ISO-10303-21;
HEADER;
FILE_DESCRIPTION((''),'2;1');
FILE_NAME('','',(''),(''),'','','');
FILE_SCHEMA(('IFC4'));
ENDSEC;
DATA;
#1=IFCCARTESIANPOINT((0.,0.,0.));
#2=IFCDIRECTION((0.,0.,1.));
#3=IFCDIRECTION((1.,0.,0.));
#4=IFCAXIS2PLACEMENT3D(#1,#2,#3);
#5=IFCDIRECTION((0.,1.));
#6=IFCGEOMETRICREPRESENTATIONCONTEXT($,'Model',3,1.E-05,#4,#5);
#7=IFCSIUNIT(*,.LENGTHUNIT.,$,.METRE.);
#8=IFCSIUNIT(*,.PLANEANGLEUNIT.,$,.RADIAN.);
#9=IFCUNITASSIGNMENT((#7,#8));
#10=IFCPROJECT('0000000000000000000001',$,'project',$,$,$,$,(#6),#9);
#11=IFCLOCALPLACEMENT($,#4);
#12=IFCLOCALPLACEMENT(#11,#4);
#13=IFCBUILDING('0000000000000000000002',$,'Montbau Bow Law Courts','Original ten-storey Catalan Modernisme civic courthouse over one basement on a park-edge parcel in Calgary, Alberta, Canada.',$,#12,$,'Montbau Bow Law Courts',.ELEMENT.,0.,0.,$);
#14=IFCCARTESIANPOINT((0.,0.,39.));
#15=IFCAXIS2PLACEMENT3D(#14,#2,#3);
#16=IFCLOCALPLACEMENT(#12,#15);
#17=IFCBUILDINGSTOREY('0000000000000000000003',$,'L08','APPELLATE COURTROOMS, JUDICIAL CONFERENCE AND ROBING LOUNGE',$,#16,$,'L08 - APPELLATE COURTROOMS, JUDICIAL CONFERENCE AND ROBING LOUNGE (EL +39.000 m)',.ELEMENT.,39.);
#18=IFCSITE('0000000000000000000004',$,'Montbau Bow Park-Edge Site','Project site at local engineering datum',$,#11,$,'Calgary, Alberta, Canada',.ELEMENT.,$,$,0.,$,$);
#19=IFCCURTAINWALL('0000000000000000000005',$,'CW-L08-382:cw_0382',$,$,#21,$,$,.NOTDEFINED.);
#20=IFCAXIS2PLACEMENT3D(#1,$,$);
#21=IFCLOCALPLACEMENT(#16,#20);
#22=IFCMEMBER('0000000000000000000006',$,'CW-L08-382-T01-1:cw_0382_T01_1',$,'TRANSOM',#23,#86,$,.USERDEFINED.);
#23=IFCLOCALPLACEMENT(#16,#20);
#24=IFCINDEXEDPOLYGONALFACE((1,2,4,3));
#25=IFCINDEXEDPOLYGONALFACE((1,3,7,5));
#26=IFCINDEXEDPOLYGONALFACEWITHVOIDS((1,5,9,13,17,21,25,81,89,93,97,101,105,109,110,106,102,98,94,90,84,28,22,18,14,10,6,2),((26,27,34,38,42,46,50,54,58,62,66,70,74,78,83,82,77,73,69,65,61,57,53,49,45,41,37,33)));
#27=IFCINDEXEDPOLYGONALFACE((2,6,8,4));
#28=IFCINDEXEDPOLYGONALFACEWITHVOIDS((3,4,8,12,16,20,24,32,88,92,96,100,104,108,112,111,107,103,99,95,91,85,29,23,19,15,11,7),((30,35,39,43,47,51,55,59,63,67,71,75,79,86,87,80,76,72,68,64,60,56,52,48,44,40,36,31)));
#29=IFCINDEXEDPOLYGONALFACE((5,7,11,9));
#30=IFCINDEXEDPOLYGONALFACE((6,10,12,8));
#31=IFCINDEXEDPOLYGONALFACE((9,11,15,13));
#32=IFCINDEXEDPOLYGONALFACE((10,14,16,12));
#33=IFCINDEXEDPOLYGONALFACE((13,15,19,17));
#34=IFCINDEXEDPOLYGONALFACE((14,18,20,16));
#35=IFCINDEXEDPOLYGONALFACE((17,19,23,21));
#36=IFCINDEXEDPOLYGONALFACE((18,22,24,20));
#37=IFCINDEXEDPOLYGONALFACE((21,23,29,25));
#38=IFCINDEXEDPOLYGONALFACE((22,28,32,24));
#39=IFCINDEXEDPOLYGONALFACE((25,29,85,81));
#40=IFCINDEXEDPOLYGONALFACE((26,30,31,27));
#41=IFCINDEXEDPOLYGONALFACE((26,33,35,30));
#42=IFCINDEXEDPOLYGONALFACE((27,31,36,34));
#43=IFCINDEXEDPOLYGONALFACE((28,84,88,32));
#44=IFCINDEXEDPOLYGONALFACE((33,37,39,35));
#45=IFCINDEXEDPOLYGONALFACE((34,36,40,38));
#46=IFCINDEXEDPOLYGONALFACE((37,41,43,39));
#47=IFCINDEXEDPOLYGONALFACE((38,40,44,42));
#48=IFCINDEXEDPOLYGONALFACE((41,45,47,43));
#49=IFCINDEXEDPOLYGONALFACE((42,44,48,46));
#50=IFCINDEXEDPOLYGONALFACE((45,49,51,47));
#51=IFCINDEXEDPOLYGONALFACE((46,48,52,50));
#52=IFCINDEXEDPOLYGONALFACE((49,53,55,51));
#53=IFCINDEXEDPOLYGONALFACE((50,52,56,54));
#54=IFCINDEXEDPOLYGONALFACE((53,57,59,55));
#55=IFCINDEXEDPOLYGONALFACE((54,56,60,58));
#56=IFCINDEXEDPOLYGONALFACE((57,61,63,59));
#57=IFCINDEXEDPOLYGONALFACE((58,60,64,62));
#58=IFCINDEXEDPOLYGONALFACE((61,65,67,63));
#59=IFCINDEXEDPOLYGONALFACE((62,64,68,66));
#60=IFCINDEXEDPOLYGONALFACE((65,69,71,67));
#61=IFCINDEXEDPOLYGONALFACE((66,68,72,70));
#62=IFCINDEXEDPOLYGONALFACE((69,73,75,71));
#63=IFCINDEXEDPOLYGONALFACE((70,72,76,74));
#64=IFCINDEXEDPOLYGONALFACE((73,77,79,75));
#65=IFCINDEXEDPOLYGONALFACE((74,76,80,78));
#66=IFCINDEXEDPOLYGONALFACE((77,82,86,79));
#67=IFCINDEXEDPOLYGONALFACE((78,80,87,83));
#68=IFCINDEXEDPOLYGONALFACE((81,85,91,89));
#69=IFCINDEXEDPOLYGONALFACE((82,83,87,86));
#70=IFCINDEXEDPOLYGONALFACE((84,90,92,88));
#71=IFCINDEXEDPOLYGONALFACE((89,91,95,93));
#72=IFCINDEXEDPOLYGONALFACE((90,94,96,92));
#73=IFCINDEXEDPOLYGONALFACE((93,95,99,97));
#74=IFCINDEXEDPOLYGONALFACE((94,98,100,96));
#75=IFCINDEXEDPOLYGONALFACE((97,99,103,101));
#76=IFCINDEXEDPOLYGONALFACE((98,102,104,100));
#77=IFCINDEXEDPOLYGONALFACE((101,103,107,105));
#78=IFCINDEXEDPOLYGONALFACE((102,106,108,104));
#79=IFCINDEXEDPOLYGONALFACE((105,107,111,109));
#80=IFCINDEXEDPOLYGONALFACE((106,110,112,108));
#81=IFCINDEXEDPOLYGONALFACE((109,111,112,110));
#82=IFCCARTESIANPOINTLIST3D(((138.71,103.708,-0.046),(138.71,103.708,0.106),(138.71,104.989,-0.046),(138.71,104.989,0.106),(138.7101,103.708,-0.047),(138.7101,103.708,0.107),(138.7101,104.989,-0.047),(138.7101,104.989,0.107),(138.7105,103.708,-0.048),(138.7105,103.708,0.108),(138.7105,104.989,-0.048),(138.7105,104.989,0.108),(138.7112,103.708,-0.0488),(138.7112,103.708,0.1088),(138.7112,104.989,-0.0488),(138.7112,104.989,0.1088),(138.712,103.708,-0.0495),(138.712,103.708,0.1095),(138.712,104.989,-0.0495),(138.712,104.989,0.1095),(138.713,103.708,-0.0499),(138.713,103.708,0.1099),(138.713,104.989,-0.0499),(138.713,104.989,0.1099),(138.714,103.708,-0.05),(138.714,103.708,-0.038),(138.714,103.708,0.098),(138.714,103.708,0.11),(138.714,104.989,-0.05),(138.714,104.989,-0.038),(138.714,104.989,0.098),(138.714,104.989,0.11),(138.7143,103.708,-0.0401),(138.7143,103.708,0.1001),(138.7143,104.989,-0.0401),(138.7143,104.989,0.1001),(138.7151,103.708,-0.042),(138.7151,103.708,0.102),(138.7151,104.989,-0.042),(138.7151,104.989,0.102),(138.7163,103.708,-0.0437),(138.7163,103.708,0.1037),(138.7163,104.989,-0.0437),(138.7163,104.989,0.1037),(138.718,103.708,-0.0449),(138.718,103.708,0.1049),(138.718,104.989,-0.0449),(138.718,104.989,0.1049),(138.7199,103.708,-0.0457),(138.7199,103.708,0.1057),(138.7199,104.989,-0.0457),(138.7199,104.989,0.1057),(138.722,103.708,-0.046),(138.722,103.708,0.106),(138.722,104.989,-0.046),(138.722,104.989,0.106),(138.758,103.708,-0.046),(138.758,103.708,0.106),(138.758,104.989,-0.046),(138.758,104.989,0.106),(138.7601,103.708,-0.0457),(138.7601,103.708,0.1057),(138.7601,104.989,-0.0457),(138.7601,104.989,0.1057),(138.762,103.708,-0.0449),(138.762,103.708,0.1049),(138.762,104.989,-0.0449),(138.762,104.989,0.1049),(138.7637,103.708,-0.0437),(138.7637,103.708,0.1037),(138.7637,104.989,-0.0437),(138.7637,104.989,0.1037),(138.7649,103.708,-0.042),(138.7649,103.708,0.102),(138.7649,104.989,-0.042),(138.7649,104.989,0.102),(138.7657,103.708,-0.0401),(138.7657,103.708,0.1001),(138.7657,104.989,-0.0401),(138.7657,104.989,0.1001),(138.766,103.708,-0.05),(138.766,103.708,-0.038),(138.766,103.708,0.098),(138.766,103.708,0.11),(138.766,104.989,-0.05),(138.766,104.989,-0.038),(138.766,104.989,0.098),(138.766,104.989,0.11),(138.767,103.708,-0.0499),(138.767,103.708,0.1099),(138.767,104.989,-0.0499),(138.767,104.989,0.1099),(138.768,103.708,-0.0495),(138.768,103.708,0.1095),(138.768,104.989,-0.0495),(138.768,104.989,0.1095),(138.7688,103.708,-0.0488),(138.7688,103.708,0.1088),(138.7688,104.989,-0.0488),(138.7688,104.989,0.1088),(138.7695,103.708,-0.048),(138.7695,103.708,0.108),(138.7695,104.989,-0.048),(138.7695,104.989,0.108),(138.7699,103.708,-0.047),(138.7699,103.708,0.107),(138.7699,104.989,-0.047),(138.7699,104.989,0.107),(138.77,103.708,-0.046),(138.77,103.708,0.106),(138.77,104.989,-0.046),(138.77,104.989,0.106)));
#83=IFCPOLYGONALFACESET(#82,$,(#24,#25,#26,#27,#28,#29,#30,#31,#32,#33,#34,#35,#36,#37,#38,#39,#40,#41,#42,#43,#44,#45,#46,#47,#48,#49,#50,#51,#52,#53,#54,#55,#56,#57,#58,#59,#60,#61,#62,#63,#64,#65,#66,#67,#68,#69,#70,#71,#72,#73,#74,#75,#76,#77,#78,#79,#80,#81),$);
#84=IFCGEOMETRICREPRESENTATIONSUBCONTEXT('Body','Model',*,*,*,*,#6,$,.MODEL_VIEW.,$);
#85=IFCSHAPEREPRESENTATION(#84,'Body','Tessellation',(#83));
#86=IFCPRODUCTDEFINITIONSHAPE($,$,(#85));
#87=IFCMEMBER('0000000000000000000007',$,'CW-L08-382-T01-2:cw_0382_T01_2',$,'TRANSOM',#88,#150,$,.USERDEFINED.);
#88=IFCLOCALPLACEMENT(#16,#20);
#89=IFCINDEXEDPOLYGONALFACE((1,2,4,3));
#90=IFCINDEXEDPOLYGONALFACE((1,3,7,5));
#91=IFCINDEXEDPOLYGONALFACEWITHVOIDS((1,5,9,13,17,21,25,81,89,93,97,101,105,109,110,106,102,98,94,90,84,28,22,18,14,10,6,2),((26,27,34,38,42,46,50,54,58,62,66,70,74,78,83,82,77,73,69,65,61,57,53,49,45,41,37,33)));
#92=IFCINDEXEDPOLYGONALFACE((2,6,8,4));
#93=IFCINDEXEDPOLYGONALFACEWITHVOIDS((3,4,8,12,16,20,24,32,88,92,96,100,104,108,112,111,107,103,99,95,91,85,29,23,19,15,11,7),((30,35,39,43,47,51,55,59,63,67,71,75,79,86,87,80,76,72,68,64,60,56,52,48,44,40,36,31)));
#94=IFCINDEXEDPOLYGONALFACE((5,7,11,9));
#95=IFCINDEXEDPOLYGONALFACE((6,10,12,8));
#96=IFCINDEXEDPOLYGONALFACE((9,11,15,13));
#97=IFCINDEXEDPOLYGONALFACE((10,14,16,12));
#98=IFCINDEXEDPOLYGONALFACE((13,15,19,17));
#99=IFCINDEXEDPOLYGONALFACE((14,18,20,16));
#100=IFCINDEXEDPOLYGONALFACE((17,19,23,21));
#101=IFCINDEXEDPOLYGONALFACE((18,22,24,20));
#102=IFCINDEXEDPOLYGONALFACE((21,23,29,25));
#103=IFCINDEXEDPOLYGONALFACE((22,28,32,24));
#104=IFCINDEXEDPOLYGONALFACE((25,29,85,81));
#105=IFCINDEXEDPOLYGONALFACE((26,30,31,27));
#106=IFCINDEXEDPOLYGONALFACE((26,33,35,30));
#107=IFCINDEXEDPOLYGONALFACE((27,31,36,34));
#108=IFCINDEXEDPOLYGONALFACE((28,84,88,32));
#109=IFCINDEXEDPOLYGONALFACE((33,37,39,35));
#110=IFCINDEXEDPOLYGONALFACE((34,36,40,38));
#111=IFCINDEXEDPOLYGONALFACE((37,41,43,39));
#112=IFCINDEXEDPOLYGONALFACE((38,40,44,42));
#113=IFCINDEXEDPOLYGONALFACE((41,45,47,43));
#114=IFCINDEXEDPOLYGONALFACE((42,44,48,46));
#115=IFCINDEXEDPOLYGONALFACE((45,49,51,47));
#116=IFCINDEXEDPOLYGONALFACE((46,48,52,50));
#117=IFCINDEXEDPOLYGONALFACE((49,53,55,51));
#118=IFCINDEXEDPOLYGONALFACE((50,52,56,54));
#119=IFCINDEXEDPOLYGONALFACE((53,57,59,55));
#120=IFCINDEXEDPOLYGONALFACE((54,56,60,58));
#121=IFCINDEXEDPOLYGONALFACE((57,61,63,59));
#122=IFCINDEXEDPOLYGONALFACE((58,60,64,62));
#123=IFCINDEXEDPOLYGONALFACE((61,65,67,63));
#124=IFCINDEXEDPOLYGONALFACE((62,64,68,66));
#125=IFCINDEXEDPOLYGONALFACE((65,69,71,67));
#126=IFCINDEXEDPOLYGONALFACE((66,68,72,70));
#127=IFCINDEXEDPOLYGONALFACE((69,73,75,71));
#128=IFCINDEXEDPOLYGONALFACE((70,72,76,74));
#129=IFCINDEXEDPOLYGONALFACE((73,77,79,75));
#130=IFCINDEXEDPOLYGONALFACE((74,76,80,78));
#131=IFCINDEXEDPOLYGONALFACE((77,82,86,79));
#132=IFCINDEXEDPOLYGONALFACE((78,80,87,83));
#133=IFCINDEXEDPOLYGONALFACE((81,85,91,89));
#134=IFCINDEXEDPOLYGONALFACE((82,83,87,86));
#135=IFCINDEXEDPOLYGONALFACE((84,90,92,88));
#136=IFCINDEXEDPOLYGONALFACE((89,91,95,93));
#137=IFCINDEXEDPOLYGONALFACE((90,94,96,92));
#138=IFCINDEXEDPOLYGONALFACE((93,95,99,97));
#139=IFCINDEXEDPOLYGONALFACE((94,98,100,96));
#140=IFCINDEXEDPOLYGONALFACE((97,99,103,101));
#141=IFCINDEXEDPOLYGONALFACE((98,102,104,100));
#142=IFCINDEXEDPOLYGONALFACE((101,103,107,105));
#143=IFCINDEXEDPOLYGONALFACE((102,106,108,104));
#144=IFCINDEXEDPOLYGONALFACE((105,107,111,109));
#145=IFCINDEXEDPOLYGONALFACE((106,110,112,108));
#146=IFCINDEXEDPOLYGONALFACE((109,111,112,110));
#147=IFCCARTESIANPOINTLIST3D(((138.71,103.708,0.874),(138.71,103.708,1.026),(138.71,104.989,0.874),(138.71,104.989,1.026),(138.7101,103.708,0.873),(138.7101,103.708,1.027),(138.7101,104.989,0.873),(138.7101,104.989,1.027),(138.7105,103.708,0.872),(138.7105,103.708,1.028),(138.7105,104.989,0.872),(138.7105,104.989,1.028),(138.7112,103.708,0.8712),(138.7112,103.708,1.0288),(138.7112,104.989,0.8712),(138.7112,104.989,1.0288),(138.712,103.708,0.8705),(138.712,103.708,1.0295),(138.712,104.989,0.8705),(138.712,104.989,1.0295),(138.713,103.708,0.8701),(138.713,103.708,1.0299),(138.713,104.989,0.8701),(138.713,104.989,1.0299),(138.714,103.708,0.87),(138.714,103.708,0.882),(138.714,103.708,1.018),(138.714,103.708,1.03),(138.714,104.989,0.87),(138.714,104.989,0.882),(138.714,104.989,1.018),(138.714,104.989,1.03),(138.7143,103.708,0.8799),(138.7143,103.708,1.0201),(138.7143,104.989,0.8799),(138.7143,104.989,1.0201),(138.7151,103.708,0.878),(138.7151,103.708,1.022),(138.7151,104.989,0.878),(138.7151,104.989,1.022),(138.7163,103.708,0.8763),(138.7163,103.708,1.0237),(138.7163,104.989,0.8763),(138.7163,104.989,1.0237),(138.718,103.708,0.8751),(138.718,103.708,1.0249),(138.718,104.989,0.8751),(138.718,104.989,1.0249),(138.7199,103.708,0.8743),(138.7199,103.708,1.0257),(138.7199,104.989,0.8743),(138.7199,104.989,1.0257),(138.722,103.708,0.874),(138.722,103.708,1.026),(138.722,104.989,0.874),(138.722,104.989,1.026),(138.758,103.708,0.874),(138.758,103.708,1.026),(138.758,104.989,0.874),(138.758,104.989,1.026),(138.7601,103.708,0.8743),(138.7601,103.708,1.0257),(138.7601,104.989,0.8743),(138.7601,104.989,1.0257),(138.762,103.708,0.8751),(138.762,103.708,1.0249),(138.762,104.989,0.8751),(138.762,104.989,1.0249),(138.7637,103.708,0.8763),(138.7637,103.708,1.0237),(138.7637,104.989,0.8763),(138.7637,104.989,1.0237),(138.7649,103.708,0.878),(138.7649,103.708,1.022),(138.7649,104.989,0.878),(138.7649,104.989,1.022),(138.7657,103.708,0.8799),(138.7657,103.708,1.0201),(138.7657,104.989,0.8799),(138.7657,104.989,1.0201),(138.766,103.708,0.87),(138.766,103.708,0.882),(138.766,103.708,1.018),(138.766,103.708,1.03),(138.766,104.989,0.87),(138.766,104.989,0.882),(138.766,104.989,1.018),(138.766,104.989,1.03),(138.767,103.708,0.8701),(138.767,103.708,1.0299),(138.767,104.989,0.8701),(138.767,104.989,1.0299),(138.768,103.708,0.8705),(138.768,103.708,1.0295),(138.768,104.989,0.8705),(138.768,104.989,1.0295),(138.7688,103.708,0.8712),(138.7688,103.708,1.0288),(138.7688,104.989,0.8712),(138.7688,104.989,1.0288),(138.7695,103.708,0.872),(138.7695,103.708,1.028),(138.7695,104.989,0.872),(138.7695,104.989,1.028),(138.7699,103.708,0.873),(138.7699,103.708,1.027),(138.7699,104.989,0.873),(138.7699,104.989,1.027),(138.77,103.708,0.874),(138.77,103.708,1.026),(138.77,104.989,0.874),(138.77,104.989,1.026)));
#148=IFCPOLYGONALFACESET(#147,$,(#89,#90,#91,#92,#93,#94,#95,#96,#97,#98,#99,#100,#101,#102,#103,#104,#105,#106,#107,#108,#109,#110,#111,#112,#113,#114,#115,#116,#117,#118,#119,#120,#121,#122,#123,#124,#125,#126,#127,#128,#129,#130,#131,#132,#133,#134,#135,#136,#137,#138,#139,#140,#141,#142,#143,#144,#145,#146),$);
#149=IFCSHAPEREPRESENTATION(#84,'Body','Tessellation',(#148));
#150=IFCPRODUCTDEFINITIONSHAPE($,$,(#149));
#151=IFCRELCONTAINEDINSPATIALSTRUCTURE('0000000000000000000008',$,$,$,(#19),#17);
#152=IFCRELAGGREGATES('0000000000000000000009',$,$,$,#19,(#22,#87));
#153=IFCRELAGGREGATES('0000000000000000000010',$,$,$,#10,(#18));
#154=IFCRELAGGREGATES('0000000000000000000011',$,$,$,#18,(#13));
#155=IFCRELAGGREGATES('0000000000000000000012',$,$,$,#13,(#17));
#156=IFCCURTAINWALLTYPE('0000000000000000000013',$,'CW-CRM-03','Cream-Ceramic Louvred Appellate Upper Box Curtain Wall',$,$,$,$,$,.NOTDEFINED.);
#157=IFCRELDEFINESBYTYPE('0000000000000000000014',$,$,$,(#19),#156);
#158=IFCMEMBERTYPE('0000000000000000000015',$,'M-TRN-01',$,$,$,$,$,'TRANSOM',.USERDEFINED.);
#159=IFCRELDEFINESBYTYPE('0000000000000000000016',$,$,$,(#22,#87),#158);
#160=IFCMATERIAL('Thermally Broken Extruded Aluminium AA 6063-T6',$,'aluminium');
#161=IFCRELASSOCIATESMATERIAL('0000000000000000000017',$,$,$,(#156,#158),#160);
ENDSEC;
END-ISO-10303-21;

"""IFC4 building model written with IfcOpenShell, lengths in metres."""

from ifc_helpers import new_model, si_unit, direction, frame, origin_with_axes, origin_2d_with_axis, place, context, subcontext, project, spatial, hollow_rectangle, extrude, material, material_profile, profile_set, type_object, element, aggregate, save


model = new_model("IFC4")

# Units and contexts
model_context = context("Model", 3, precision=1e-05, world=origin_with_axes(), true_north=direction((0.0, 1.0)))
body_context = subcontext(model_context, "Body", "Model", "MODEL_VIEW")
ifc_project = project(units=[si_unit("LENGTHUNIT", "METRE"), si_unit("PLANEANGLEUNIT", "RADIAN")], contexts=[model_context])

# Site, building, storey
site_placement = place(None, origin_with_axes())
site = spatial("IfcSite", under=ifc_project, at=site_placement, Name="Montbau Bow Park-Edge Site", Description="Project site at local engineering datum", LongName="Calgary, Alberta, Canada", CompositionType="ELEMENT", RefElevation=0.0)
building_placement = place(site_placement, origin_with_axes())
building = spatial("IfcBuilding", under=site, at=building_placement, Name="Montbau Bow Law Courts", Description="Original ten-storey Catalan Modernisme civic courthouse over one basement on a park-edge parcel in Calgary, Alberta, Canada.", LongName="Montbau Bow Law Courts", CompositionType="ELEMENT", ElevationOfRefHeight=0.0, ElevationOfTerrain=0.0)
storey_placement = place(building_placement, frame((0.0, 0.0, 39.0), z_axis=(0.0, 0.0, 1.0), x_axis=(1.0, 0.0, 0.0)))
storey = spatial("IfcBuildingStorey", under=building, at=storey_placement, Name="L08", Description="APPELLATE COURTROOMS, JUDICIAL CONFERENCE AND ROBING LOUNGE", LongName="L08 - APPELLATE COURTROOMS, JUDICIAL CONFERENCE AND ROBING LOUNGE (EL +39.000 m)", CompositionType="ELEMENT", Elevation=39.0)

# Shared definitions
ifc_material_1 = material(Name="Thermally Broken Extruded Aluminium AA 6063-T6", Category="aluminium")
curtain_wall_type = type_object("IfcCurtainWallType", Name="CW-CRM-03", Description="Cream-Ceramic Louvred Appellate Upper Box Curtain Wall", PredefinedType="NOTDEFINED", material=ifc_material_1)

# Curtain wall, members
curtain_wall_1_placement = place(None, frame((138.74, 103.64, 39.0), z_axis=(0.0, 0.0, 1.0), x_axis=(1.0, 0.0, 0.0)))
curtain_wall_1 = element("IfcCurtainWall", 1, at=curtain_wall_1_placement, inside=storey, type_object=curtain_wall_type, Name="CW-L08-382:cw_0382", PredefinedType="NOTDEFINED")
ifc_material_profile_1 = material_profile(ifc_material_1, hollow_rectangle(XDim=0.06, YDim=0.16, WallThickness=0.004, InnerFilletRadius=0.008, OuterFilletRadius=0.004, at=origin_2d_with_axis()), Name="CWT-160X60", Category="Main", Priority=0)
ifc_profile_set_1 = profile_set([ifc_material_profile_1], Name="Thermally Broken Extruded Aluminium AA 6063-T6")
member_type_1 = type_object("IfcMemberType", Name="M-TRN-01", ElementType="TRANSOM", PredefinedType="USERDEFINED", material=ifc_profile_set_1)
member_1_placement = place(None, frame((138.74, 103.708, 39.03), z_axis=(0.0, 1.0, 0.0), x_axis=(-1.0, 0.0, 0.0)))
member_1 = element("IfcMember", 2, at=member_1_placement, type_object=member_type_1, Name="CW-L08-382-T01-1:cw_0382_T01_1", ObjectType="TRANSOM", PredefinedType="USERDEFINED", context=body_context, shape_type="SweptSolid", body=[
    extrude(hollow_rectangle(XDim=0.06, YDim=0.16, WallThickness=0.004, InnerFilletRadius=0.008, OuterFilletRadius=0.004, at=origin_2d_with_axis()), origin_with_axes(), (0.0, 0.0, 1.0), 1.281),
])
member_2_placement = place(None, frame((138.74, 103.708, 39.95), z_axis=(0.0, 1.0, 0.0), x_axis=(-1.0, 0.0, 0.0)))
member_2 = element("IfcMember", 3, at=member_2_placement, type_object=member_type_1, Name="CW-L08-382-T01-2:cw_0382_T01_2", ObjectType="TRANSOM", PredefinedType="USERDEFINED", context=body_context, shape_type="SweptSolid", body=[
    extrude(hollow_rectangle(XDim=0.06, YDim=0.16, WallThickness=0.004, InnerFilletRadius=0.008, OuterFilletRadius=0.004, at=origin_2d_with_axis()), origin_with_axes(), (0.0, 0.0, 1.0), 1.281),
])
aggregate(curtain_wall_1, [member_1, member_2])

save(model, "model.ifc")
